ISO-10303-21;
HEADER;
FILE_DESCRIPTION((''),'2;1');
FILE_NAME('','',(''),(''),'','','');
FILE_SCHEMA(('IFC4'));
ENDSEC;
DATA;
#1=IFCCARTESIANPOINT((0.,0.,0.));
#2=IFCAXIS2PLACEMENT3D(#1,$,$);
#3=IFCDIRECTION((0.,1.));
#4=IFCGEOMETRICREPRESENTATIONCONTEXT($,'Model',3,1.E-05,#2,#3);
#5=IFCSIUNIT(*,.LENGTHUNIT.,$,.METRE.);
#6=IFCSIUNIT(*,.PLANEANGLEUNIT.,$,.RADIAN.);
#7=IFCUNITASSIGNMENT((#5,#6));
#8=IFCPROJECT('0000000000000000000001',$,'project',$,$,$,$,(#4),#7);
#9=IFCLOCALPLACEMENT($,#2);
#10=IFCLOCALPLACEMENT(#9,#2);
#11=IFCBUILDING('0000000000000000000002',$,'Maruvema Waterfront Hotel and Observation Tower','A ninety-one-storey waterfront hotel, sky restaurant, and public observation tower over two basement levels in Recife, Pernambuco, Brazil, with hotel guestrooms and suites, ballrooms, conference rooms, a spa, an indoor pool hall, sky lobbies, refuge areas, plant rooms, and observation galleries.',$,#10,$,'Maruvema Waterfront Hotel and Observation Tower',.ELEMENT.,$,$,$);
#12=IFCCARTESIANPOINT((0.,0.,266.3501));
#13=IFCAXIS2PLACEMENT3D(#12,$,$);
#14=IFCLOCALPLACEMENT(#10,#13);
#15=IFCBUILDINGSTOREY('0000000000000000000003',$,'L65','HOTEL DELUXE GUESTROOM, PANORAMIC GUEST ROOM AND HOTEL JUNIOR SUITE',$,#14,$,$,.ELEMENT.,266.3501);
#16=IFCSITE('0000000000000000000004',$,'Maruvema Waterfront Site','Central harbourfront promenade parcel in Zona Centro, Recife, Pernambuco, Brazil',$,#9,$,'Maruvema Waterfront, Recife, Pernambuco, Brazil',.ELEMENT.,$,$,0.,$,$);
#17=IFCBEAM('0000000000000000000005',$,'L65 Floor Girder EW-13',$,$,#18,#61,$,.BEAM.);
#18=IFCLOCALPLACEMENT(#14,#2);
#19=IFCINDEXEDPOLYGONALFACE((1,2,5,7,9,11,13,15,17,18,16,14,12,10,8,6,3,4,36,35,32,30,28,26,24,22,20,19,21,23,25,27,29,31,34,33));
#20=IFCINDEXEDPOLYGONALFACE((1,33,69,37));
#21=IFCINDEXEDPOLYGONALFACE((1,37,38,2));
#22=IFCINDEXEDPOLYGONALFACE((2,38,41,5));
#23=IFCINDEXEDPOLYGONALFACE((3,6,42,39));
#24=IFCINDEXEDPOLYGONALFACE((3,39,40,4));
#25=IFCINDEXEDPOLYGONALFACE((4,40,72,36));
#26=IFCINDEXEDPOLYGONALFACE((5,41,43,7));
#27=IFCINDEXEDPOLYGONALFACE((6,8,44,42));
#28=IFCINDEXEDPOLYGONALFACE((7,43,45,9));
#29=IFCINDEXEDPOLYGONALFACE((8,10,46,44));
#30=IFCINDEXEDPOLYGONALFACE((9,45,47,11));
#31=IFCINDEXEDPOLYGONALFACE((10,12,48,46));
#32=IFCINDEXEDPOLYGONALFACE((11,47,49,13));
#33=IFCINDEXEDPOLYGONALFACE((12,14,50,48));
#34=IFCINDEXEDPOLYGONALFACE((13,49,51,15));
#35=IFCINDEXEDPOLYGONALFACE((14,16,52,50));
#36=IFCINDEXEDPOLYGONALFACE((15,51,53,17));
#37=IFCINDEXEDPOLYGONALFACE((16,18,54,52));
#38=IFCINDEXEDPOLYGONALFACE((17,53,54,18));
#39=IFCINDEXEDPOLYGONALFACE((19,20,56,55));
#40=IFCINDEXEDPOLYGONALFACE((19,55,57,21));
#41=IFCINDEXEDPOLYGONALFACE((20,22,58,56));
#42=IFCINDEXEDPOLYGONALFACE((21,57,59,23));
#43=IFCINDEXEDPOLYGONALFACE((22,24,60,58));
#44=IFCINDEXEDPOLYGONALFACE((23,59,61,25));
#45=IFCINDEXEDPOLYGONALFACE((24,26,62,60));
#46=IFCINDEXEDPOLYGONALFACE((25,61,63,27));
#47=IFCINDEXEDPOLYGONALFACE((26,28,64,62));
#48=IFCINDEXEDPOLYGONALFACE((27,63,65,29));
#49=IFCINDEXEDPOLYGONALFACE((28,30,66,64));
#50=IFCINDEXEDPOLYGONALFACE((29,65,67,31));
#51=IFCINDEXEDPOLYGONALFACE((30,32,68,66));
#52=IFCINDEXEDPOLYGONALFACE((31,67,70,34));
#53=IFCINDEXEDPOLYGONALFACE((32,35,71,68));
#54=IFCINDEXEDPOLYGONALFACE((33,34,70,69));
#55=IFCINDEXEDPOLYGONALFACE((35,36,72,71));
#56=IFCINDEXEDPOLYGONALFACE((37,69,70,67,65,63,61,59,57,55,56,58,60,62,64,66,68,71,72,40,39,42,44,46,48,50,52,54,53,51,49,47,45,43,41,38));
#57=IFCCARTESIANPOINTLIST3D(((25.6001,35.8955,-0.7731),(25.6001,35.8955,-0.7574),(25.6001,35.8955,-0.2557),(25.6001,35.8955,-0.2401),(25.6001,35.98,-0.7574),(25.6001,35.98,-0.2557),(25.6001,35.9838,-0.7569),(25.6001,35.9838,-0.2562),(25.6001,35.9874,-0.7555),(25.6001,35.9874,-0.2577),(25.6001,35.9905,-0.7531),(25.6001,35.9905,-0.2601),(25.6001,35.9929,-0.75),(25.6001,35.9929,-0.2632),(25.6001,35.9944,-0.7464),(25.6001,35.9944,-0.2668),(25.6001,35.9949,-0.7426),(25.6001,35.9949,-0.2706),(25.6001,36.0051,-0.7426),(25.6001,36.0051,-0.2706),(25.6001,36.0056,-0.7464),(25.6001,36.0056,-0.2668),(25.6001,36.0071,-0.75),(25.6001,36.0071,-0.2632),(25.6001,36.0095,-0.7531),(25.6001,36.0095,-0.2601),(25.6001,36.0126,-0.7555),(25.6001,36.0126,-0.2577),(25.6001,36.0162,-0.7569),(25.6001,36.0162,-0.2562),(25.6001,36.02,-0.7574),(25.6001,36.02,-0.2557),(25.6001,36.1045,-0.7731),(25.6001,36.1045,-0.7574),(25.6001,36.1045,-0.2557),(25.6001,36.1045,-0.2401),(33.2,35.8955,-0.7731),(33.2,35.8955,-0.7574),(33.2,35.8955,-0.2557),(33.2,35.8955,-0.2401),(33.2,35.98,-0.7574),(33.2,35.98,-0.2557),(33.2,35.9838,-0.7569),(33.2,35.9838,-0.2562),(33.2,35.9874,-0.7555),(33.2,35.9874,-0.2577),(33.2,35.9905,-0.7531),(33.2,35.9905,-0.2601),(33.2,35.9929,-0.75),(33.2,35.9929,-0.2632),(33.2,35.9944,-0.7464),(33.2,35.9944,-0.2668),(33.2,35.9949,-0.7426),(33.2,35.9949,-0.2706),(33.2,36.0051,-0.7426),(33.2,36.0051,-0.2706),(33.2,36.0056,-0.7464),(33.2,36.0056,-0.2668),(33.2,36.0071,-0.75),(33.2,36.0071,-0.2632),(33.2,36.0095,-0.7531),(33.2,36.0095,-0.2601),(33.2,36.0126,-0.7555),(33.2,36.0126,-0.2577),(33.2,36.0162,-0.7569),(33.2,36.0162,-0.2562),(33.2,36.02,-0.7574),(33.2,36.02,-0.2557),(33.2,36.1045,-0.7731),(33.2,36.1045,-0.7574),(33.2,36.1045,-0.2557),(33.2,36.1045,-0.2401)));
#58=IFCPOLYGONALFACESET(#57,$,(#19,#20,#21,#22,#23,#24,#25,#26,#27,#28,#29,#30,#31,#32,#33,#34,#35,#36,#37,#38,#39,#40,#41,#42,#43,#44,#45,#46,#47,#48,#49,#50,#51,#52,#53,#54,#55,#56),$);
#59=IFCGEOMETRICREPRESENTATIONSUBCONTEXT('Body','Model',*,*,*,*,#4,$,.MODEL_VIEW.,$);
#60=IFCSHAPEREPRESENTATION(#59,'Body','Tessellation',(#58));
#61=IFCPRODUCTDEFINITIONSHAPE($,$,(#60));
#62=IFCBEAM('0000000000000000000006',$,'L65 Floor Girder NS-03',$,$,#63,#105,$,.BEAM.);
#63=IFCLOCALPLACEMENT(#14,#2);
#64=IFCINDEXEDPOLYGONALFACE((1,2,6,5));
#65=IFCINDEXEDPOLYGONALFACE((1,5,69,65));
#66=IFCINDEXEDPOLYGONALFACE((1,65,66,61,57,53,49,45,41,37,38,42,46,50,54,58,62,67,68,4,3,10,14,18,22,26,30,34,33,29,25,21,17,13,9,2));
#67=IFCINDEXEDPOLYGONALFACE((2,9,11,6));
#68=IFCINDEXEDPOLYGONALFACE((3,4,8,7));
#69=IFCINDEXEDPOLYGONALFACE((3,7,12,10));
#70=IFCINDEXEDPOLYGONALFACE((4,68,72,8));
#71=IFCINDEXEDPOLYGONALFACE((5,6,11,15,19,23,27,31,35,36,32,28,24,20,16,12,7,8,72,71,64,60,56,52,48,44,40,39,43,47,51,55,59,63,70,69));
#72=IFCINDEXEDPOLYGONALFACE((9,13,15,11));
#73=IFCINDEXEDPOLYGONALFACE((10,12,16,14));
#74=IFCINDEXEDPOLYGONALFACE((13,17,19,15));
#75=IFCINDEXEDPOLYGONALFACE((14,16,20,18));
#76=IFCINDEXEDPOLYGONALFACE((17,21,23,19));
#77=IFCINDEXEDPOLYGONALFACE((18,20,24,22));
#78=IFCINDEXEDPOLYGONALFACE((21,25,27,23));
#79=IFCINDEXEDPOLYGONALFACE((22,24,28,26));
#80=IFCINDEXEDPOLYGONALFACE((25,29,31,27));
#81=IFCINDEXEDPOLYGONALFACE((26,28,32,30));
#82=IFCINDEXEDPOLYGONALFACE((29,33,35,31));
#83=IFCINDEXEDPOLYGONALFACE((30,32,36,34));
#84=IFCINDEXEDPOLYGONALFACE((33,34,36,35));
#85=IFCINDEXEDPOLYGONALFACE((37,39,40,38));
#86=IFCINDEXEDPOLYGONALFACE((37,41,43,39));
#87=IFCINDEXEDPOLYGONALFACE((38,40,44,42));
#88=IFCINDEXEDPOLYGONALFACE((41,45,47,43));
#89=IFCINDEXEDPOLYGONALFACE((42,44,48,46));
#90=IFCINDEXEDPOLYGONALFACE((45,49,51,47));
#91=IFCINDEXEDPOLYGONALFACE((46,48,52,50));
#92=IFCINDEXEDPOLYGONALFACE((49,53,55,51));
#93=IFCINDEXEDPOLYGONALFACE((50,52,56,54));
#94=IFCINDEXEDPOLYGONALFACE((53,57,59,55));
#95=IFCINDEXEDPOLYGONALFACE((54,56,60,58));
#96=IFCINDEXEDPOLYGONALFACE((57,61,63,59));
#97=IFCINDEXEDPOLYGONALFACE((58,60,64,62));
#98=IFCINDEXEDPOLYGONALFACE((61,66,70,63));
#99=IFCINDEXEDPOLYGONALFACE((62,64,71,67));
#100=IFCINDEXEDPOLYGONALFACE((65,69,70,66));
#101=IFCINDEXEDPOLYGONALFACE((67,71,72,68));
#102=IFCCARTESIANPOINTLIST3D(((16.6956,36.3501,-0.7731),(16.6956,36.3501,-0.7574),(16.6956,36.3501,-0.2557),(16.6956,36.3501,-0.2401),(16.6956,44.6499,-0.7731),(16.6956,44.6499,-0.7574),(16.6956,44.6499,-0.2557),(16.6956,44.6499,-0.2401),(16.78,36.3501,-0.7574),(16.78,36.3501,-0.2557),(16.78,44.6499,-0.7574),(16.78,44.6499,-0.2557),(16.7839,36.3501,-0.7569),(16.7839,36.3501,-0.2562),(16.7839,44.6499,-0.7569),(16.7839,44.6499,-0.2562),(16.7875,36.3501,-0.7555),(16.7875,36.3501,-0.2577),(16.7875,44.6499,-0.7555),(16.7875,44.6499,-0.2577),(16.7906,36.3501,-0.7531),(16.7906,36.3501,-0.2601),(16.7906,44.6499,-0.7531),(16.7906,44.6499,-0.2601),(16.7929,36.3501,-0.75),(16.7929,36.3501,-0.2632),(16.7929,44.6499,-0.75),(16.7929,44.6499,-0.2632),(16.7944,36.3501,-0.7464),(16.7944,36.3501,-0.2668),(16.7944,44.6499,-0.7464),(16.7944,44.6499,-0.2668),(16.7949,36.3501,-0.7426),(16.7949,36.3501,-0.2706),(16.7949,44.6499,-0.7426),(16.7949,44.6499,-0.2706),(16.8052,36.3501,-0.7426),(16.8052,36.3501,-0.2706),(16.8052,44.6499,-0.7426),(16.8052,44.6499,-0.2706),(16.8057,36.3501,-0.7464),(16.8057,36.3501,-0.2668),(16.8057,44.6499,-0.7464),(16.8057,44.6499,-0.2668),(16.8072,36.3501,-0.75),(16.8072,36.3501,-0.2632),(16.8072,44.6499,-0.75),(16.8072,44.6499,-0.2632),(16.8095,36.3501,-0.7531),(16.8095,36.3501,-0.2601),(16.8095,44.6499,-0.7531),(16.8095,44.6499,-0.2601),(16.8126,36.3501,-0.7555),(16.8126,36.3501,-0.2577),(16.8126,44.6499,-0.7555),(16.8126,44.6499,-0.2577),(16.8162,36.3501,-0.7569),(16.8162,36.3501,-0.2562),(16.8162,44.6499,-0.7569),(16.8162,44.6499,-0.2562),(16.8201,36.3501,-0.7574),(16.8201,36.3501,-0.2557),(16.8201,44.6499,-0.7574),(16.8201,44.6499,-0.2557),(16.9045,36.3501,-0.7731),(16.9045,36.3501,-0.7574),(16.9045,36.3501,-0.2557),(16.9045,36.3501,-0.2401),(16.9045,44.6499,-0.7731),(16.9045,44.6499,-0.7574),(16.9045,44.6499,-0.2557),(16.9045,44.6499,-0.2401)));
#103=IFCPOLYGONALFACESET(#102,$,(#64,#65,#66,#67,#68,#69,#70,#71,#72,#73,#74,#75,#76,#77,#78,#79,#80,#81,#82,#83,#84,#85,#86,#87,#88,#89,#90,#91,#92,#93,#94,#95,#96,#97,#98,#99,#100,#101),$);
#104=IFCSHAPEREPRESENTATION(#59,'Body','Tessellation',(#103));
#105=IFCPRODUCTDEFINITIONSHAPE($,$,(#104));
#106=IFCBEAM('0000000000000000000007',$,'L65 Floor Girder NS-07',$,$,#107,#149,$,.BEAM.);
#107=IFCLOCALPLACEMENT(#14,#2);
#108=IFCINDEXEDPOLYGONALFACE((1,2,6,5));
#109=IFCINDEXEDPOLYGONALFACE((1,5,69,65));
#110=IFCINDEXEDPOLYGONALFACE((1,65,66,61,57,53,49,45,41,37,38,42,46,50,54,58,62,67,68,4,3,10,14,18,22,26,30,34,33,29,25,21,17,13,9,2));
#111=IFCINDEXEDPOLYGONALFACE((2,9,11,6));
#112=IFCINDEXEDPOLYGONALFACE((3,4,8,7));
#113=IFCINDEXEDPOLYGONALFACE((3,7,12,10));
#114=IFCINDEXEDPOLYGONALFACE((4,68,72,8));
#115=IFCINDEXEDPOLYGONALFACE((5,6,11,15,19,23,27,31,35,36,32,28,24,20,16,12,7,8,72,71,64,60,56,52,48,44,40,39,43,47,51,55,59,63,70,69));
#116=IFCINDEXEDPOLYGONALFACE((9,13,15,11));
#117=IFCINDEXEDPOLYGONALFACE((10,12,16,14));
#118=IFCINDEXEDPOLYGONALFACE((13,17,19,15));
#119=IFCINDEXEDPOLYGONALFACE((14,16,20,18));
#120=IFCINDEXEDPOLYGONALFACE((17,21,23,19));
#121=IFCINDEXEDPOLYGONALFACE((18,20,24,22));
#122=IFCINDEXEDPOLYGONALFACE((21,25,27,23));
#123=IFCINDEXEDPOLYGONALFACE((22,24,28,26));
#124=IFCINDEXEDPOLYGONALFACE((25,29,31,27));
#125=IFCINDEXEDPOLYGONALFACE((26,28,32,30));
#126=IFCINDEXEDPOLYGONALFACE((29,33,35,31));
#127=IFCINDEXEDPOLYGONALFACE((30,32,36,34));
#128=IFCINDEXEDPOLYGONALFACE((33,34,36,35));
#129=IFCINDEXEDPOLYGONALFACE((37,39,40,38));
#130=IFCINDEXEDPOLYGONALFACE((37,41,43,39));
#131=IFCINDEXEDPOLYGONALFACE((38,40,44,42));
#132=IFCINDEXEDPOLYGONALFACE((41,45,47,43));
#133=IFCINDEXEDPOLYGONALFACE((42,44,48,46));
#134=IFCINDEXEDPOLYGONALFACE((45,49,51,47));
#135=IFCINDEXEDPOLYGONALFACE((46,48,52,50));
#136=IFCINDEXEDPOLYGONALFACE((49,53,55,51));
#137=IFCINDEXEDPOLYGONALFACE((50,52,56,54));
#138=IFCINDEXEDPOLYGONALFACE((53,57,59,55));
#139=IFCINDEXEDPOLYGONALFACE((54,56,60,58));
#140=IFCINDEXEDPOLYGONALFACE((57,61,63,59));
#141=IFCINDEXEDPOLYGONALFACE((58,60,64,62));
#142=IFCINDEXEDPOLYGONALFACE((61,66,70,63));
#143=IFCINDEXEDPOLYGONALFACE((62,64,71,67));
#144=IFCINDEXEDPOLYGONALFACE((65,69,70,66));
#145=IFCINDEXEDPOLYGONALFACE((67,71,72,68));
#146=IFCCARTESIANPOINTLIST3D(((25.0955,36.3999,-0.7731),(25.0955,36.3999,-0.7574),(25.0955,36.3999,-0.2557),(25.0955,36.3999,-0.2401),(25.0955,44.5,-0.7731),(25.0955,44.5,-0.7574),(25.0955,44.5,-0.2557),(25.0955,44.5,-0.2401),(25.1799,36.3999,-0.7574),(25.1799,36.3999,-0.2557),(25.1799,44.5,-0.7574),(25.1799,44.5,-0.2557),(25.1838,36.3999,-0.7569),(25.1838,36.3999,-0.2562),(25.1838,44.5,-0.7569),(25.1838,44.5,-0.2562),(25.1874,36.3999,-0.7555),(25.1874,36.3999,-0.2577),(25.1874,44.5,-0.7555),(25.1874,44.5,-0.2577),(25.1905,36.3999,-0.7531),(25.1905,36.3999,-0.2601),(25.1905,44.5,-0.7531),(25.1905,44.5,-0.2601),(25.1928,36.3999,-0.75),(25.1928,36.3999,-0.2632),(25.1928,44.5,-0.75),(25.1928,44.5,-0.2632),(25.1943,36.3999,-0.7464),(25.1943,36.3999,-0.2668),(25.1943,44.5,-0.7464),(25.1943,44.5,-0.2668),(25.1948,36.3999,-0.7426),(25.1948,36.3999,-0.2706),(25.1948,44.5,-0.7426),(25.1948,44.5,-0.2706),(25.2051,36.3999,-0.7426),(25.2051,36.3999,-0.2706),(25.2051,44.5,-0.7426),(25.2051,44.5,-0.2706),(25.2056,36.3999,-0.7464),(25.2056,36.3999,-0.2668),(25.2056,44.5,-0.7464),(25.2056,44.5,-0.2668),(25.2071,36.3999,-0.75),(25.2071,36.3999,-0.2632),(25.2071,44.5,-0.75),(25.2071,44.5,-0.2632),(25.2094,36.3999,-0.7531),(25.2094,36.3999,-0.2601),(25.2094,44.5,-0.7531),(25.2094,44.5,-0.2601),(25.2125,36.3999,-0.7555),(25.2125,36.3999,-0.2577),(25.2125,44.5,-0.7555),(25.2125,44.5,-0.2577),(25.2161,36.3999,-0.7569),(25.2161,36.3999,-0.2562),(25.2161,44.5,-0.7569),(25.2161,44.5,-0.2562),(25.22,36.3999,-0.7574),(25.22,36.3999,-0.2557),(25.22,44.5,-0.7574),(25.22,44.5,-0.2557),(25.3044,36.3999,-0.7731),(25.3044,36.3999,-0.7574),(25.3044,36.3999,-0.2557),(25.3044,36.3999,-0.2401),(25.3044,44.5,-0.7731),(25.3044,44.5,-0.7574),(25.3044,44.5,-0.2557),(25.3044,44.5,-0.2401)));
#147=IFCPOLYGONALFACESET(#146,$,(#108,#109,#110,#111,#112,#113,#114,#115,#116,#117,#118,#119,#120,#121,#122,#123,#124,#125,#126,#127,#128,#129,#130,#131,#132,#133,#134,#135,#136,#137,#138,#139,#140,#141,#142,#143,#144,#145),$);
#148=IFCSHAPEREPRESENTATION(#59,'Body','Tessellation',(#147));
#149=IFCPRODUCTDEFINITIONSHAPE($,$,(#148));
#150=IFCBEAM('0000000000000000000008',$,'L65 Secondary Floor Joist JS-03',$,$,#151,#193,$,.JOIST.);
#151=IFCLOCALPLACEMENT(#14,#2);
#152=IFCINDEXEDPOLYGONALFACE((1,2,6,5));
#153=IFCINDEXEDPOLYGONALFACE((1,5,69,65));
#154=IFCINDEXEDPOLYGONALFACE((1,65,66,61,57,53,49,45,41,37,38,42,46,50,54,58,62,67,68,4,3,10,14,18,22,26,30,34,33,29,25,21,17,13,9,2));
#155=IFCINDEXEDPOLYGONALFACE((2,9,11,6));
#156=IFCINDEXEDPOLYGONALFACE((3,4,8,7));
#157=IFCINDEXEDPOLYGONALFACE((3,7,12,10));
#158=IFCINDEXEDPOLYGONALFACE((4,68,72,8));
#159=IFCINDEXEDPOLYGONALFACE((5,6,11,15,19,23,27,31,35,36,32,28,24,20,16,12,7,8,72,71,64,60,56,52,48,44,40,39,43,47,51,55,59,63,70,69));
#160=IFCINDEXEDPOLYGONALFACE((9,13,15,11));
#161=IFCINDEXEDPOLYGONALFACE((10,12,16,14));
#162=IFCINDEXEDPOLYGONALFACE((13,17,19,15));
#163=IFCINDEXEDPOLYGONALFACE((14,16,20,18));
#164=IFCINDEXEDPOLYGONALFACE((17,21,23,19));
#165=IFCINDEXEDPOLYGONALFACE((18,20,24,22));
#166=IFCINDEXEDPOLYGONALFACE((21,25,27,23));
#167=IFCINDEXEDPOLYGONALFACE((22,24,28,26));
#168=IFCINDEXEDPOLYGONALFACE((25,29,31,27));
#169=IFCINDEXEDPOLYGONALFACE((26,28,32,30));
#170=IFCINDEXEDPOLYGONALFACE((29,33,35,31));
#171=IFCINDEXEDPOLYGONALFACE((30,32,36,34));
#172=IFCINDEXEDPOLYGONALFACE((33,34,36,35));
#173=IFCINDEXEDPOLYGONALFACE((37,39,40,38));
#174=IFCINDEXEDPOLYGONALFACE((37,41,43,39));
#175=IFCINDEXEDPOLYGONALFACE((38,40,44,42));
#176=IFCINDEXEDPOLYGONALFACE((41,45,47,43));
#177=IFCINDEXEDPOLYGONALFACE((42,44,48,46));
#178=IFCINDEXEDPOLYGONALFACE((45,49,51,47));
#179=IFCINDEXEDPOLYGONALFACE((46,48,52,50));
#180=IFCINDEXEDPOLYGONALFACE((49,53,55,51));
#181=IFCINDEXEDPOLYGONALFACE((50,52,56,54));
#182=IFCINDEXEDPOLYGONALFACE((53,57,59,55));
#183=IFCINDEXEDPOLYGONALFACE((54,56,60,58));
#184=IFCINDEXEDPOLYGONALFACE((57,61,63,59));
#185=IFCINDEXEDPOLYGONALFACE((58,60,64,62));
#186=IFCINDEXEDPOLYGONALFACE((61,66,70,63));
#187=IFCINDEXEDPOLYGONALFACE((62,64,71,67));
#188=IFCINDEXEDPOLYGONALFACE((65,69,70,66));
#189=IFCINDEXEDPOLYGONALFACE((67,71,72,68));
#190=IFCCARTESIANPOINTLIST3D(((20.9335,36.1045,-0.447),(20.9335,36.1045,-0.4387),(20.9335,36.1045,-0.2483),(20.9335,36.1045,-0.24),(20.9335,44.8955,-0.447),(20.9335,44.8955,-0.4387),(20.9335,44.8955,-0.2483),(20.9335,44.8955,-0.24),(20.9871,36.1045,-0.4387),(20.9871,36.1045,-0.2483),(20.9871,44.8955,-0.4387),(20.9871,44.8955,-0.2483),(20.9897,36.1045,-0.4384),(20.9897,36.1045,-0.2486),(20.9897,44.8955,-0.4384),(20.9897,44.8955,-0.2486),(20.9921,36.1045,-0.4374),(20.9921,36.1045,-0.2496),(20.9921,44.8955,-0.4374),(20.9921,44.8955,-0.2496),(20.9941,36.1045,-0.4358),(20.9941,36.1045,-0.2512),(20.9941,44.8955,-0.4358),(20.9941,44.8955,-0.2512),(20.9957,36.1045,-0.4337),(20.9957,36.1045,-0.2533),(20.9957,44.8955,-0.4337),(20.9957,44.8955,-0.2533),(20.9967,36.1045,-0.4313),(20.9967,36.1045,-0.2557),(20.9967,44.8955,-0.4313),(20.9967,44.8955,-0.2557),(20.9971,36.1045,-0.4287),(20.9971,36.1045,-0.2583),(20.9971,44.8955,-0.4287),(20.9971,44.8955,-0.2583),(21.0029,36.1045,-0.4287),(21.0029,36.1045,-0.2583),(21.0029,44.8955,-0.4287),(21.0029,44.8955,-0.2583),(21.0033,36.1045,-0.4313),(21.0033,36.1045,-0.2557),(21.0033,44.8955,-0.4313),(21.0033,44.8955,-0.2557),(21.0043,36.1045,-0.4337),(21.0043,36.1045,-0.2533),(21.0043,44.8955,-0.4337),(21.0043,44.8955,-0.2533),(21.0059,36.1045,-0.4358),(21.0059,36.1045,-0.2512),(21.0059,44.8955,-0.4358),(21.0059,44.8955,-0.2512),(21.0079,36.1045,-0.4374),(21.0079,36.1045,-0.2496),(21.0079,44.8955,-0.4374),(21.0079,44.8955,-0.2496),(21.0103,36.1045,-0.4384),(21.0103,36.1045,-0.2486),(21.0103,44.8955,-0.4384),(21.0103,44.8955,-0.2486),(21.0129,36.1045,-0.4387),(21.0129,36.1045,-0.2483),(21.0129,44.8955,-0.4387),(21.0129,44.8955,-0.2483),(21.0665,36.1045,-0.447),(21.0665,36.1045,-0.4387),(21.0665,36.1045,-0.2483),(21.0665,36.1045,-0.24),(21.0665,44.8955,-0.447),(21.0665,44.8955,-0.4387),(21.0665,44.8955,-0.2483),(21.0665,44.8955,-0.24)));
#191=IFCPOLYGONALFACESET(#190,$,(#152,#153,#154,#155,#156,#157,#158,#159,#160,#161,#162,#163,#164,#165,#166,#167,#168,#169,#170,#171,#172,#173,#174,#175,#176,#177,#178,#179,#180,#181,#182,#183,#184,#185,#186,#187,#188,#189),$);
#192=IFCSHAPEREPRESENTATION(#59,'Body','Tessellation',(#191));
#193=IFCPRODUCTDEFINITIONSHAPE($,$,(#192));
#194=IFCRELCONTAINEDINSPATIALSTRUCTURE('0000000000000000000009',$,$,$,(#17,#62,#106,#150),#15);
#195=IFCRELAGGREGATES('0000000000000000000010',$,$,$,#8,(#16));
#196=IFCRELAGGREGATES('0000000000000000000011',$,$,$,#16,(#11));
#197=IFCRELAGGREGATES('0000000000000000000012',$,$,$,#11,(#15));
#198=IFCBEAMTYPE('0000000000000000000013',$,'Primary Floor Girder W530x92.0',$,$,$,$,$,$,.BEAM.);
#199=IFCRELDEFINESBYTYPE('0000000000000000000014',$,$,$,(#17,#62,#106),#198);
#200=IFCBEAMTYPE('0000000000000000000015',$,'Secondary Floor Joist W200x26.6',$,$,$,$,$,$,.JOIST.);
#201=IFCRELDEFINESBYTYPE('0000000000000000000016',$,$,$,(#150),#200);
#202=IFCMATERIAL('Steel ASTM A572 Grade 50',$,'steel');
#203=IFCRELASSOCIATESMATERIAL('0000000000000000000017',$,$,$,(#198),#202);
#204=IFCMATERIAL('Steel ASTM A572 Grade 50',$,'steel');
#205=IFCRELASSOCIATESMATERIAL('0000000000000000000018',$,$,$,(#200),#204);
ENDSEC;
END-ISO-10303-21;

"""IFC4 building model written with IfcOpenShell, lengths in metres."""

from ifc_helpers import new_model, si_unit, direction, frame, origin, origin_2d, place, context, subcontext, project, spatial, i_section, extrude, material, material_profile, profile_set, type_object, element, save


model = new_model("IFC4")

# Units and contexts
model_context = context("Model", 3, precision=1e-05, world=origin(), true_north=direction((0.0, 1.0)))
body_context = subcontext(model_context, "Body", "Model", "MODEL_VIEW")
ifc_project = project(units=[si_unit("LENGTHUNIT", "METRE"), si_unit("PLANEANGLEUNIT", "RADIAN")], contexts=[model_context])

# Site, building, storey
site_placement = place(None, origin())
site = spatial("IfcSite", under=ifc_project, at=site_placement, Name="Maruvema Waterfront Site", Description="Central harbourfront promenade parcel in Zona Centro, Recife, Pernambuco, Brazil", LongName="Maruvema Waterfront, Recife, Pernambuco, Brazil", CompositionType="ELEMENT", RefElevation=0.0)
building_placement = place(site_placement, origin())
building = spatial("IfcBuilding", under=site, at=building_placement, Name="Maruvema Waterfront Hotel and Observation Tower", Description="A ninety-one-storey waterfront hotel, sky restaurant, and public observation tower over two basement levels in Recife, Pernambuco, Brazil, with hotel guestrooms and suites, ballrooms, conference rooms, a spa, an indoor pool hall, sky lobbies, refuge areas, plant rooms, and observation galleries.", LongName="Maruvema Waterfront Hotel and Observation Tower", CompositionType="ELEMENT")
storey_placement = place(building_placement, frame((0.0, 0.0, 266.3501)))
storey = spatial("IfcBuildingStorey", under=building, at=storey_placement, Name="L65", Description="HOTEL DELUXE GUESTROOM, PANORAMIC GUEST ROOM AND HOTEL JUNIOR SUITE", CompositionType="ELEMENT", Elevation=266.3501)

# Beams
ifc_material_1 = material(Name="Steel ASTM A572 Grade 50", Category="steel")
ifc_material_profile_1 = material_profile(ifc_material_1, i_section(OverallWidth=0.209, OverallDepth=0.533, WebThickness=0.0103, FlangeThickness=0.0156, FilletRadius=0.0149, at=origin_2d()), Name="W530x92.0")
ifc_profile_set_1 = profile_set([ifc_material_profile_1], Name="Steel ASTM A572 Grade 50")
beam_type_1 = type_object("IfcBeamType", Name="Primary Floor Girder W530x92.0", PredefinedType="BEAM", material=ifc_profile_set_1)
beam_1_placement = place(storey_placement, frame((25.6001, 36.0, -0.5066), z_axis=(1.0, 0.0, 0.0), x_axis=(0.0, 1.0, 0.0)))
element("IfcBeam", 1, at=beam_1_placement, inside=storey, type_object=beam_type_1, Name="L65 Floor Girder EW-13", PredefinedType="BEAM", context=body_context, shape_type="SweptSolid", body=[
    extrude(i_section(OverallWidth=0.209, OverallDepth=0.533, WebThickness=0.0103, FlangeThickness=0.0156, FilletRadius=0.0149, at=origin_2d()), origin(), (0.0, 0.0, 1.0), 7.5999),
])
beam_2_placement = place(storey_placement, frame((16.8, 36.3501, -0.5066), z_axis=(0.0, 1.0, 0.0), x_axis=(-1.0, 0.0, 0.0)))
element("IfcBeam", 2, at=beam_2_placement, inside=storey, type_object=beam_type_1, Name="L65 Floor Girder NS-03", PredefinedType="BEAM", context=body_context, shape_type="SweptSolid", body=[
    extrude(i_section(OverallWidth=0.209, OverallDepth=0.533, WebThickness=0.0103, FlangeThickness=0.0156, FilletRadius=0.0149, at=origin_2d()), origin(), (0.0, 0.0, 1.0), 8.2998),
])
beam_3_placement = place(storey_placement, frame((25.2, 36.3999, -0.5066), z_axis=(0.0, 1.0, 0.0), x_axis=(-1.0, 0.0, 0.0)))
element("IfcBeam", 3, at=beam_3_placement, inside=storey, type_object=beam_type_1, Name="L65 Floor Girder NS-07", PredefinedType="BEAM", context=body_context, shape_type="SweptSolid", body=[
    extrude(i_section(OverallWidth=0.209, OverallDepth=0.533, WebThickness=0.0103, FlangeThickness=0.0156, FilletRadius=0.0149, at=origin_2d()), origin(), (0.0, 0.0, 1.0), 8.1001),
])
ifc_material_2 = material(Name="Steel ASTM A572 Grade 50", Category="steel")
ifc_material_profile_2 = material_profile(ifc_material_2, i_section(OverallWidth=0.1331, OverallDepth=0.207, WebThickness=0.0059, FlangeThickness=0.0083, FilletRadius=0.01, at=origin_2d()), Name="W200x26.6")
ifc_profile_set_2 = profile_set([ifc_material_profile_2], Name="Steel ASTM A572 Grade 50")
beam_type_2 = type_object("IfcBeamType", Name="Secondary Floor Joist W200x26.6", PredefinedType="JOIST", material=ifc_profile_set_2)
beam_4_placement = place(storey_placement, frame((21.0, 36.1045, -0.3435), z_axis=(0.0, 1.0, 0.0), x_axis=(-1.0, 0.0, 0.0)))
element("IfcBeam", 4, at=beam_4_placement, inside=storey, type_object=beam_type_2, Name="L65 Secondary Floor Joist JS-03", PredefinedType="JOIST", context=body_context, shape_type="SweptSolid", body=[
    extrude(i_section(OverallWidth=0.1331, OverallDepth=0.207, WebThickness=0.0059, FlangeThickness=0.0083, FilletRadius=0.01, at=origin_2d()), origin(), (0.0, 0.0, 1.0), 8.791),
])

save(model, "model.ifc")
